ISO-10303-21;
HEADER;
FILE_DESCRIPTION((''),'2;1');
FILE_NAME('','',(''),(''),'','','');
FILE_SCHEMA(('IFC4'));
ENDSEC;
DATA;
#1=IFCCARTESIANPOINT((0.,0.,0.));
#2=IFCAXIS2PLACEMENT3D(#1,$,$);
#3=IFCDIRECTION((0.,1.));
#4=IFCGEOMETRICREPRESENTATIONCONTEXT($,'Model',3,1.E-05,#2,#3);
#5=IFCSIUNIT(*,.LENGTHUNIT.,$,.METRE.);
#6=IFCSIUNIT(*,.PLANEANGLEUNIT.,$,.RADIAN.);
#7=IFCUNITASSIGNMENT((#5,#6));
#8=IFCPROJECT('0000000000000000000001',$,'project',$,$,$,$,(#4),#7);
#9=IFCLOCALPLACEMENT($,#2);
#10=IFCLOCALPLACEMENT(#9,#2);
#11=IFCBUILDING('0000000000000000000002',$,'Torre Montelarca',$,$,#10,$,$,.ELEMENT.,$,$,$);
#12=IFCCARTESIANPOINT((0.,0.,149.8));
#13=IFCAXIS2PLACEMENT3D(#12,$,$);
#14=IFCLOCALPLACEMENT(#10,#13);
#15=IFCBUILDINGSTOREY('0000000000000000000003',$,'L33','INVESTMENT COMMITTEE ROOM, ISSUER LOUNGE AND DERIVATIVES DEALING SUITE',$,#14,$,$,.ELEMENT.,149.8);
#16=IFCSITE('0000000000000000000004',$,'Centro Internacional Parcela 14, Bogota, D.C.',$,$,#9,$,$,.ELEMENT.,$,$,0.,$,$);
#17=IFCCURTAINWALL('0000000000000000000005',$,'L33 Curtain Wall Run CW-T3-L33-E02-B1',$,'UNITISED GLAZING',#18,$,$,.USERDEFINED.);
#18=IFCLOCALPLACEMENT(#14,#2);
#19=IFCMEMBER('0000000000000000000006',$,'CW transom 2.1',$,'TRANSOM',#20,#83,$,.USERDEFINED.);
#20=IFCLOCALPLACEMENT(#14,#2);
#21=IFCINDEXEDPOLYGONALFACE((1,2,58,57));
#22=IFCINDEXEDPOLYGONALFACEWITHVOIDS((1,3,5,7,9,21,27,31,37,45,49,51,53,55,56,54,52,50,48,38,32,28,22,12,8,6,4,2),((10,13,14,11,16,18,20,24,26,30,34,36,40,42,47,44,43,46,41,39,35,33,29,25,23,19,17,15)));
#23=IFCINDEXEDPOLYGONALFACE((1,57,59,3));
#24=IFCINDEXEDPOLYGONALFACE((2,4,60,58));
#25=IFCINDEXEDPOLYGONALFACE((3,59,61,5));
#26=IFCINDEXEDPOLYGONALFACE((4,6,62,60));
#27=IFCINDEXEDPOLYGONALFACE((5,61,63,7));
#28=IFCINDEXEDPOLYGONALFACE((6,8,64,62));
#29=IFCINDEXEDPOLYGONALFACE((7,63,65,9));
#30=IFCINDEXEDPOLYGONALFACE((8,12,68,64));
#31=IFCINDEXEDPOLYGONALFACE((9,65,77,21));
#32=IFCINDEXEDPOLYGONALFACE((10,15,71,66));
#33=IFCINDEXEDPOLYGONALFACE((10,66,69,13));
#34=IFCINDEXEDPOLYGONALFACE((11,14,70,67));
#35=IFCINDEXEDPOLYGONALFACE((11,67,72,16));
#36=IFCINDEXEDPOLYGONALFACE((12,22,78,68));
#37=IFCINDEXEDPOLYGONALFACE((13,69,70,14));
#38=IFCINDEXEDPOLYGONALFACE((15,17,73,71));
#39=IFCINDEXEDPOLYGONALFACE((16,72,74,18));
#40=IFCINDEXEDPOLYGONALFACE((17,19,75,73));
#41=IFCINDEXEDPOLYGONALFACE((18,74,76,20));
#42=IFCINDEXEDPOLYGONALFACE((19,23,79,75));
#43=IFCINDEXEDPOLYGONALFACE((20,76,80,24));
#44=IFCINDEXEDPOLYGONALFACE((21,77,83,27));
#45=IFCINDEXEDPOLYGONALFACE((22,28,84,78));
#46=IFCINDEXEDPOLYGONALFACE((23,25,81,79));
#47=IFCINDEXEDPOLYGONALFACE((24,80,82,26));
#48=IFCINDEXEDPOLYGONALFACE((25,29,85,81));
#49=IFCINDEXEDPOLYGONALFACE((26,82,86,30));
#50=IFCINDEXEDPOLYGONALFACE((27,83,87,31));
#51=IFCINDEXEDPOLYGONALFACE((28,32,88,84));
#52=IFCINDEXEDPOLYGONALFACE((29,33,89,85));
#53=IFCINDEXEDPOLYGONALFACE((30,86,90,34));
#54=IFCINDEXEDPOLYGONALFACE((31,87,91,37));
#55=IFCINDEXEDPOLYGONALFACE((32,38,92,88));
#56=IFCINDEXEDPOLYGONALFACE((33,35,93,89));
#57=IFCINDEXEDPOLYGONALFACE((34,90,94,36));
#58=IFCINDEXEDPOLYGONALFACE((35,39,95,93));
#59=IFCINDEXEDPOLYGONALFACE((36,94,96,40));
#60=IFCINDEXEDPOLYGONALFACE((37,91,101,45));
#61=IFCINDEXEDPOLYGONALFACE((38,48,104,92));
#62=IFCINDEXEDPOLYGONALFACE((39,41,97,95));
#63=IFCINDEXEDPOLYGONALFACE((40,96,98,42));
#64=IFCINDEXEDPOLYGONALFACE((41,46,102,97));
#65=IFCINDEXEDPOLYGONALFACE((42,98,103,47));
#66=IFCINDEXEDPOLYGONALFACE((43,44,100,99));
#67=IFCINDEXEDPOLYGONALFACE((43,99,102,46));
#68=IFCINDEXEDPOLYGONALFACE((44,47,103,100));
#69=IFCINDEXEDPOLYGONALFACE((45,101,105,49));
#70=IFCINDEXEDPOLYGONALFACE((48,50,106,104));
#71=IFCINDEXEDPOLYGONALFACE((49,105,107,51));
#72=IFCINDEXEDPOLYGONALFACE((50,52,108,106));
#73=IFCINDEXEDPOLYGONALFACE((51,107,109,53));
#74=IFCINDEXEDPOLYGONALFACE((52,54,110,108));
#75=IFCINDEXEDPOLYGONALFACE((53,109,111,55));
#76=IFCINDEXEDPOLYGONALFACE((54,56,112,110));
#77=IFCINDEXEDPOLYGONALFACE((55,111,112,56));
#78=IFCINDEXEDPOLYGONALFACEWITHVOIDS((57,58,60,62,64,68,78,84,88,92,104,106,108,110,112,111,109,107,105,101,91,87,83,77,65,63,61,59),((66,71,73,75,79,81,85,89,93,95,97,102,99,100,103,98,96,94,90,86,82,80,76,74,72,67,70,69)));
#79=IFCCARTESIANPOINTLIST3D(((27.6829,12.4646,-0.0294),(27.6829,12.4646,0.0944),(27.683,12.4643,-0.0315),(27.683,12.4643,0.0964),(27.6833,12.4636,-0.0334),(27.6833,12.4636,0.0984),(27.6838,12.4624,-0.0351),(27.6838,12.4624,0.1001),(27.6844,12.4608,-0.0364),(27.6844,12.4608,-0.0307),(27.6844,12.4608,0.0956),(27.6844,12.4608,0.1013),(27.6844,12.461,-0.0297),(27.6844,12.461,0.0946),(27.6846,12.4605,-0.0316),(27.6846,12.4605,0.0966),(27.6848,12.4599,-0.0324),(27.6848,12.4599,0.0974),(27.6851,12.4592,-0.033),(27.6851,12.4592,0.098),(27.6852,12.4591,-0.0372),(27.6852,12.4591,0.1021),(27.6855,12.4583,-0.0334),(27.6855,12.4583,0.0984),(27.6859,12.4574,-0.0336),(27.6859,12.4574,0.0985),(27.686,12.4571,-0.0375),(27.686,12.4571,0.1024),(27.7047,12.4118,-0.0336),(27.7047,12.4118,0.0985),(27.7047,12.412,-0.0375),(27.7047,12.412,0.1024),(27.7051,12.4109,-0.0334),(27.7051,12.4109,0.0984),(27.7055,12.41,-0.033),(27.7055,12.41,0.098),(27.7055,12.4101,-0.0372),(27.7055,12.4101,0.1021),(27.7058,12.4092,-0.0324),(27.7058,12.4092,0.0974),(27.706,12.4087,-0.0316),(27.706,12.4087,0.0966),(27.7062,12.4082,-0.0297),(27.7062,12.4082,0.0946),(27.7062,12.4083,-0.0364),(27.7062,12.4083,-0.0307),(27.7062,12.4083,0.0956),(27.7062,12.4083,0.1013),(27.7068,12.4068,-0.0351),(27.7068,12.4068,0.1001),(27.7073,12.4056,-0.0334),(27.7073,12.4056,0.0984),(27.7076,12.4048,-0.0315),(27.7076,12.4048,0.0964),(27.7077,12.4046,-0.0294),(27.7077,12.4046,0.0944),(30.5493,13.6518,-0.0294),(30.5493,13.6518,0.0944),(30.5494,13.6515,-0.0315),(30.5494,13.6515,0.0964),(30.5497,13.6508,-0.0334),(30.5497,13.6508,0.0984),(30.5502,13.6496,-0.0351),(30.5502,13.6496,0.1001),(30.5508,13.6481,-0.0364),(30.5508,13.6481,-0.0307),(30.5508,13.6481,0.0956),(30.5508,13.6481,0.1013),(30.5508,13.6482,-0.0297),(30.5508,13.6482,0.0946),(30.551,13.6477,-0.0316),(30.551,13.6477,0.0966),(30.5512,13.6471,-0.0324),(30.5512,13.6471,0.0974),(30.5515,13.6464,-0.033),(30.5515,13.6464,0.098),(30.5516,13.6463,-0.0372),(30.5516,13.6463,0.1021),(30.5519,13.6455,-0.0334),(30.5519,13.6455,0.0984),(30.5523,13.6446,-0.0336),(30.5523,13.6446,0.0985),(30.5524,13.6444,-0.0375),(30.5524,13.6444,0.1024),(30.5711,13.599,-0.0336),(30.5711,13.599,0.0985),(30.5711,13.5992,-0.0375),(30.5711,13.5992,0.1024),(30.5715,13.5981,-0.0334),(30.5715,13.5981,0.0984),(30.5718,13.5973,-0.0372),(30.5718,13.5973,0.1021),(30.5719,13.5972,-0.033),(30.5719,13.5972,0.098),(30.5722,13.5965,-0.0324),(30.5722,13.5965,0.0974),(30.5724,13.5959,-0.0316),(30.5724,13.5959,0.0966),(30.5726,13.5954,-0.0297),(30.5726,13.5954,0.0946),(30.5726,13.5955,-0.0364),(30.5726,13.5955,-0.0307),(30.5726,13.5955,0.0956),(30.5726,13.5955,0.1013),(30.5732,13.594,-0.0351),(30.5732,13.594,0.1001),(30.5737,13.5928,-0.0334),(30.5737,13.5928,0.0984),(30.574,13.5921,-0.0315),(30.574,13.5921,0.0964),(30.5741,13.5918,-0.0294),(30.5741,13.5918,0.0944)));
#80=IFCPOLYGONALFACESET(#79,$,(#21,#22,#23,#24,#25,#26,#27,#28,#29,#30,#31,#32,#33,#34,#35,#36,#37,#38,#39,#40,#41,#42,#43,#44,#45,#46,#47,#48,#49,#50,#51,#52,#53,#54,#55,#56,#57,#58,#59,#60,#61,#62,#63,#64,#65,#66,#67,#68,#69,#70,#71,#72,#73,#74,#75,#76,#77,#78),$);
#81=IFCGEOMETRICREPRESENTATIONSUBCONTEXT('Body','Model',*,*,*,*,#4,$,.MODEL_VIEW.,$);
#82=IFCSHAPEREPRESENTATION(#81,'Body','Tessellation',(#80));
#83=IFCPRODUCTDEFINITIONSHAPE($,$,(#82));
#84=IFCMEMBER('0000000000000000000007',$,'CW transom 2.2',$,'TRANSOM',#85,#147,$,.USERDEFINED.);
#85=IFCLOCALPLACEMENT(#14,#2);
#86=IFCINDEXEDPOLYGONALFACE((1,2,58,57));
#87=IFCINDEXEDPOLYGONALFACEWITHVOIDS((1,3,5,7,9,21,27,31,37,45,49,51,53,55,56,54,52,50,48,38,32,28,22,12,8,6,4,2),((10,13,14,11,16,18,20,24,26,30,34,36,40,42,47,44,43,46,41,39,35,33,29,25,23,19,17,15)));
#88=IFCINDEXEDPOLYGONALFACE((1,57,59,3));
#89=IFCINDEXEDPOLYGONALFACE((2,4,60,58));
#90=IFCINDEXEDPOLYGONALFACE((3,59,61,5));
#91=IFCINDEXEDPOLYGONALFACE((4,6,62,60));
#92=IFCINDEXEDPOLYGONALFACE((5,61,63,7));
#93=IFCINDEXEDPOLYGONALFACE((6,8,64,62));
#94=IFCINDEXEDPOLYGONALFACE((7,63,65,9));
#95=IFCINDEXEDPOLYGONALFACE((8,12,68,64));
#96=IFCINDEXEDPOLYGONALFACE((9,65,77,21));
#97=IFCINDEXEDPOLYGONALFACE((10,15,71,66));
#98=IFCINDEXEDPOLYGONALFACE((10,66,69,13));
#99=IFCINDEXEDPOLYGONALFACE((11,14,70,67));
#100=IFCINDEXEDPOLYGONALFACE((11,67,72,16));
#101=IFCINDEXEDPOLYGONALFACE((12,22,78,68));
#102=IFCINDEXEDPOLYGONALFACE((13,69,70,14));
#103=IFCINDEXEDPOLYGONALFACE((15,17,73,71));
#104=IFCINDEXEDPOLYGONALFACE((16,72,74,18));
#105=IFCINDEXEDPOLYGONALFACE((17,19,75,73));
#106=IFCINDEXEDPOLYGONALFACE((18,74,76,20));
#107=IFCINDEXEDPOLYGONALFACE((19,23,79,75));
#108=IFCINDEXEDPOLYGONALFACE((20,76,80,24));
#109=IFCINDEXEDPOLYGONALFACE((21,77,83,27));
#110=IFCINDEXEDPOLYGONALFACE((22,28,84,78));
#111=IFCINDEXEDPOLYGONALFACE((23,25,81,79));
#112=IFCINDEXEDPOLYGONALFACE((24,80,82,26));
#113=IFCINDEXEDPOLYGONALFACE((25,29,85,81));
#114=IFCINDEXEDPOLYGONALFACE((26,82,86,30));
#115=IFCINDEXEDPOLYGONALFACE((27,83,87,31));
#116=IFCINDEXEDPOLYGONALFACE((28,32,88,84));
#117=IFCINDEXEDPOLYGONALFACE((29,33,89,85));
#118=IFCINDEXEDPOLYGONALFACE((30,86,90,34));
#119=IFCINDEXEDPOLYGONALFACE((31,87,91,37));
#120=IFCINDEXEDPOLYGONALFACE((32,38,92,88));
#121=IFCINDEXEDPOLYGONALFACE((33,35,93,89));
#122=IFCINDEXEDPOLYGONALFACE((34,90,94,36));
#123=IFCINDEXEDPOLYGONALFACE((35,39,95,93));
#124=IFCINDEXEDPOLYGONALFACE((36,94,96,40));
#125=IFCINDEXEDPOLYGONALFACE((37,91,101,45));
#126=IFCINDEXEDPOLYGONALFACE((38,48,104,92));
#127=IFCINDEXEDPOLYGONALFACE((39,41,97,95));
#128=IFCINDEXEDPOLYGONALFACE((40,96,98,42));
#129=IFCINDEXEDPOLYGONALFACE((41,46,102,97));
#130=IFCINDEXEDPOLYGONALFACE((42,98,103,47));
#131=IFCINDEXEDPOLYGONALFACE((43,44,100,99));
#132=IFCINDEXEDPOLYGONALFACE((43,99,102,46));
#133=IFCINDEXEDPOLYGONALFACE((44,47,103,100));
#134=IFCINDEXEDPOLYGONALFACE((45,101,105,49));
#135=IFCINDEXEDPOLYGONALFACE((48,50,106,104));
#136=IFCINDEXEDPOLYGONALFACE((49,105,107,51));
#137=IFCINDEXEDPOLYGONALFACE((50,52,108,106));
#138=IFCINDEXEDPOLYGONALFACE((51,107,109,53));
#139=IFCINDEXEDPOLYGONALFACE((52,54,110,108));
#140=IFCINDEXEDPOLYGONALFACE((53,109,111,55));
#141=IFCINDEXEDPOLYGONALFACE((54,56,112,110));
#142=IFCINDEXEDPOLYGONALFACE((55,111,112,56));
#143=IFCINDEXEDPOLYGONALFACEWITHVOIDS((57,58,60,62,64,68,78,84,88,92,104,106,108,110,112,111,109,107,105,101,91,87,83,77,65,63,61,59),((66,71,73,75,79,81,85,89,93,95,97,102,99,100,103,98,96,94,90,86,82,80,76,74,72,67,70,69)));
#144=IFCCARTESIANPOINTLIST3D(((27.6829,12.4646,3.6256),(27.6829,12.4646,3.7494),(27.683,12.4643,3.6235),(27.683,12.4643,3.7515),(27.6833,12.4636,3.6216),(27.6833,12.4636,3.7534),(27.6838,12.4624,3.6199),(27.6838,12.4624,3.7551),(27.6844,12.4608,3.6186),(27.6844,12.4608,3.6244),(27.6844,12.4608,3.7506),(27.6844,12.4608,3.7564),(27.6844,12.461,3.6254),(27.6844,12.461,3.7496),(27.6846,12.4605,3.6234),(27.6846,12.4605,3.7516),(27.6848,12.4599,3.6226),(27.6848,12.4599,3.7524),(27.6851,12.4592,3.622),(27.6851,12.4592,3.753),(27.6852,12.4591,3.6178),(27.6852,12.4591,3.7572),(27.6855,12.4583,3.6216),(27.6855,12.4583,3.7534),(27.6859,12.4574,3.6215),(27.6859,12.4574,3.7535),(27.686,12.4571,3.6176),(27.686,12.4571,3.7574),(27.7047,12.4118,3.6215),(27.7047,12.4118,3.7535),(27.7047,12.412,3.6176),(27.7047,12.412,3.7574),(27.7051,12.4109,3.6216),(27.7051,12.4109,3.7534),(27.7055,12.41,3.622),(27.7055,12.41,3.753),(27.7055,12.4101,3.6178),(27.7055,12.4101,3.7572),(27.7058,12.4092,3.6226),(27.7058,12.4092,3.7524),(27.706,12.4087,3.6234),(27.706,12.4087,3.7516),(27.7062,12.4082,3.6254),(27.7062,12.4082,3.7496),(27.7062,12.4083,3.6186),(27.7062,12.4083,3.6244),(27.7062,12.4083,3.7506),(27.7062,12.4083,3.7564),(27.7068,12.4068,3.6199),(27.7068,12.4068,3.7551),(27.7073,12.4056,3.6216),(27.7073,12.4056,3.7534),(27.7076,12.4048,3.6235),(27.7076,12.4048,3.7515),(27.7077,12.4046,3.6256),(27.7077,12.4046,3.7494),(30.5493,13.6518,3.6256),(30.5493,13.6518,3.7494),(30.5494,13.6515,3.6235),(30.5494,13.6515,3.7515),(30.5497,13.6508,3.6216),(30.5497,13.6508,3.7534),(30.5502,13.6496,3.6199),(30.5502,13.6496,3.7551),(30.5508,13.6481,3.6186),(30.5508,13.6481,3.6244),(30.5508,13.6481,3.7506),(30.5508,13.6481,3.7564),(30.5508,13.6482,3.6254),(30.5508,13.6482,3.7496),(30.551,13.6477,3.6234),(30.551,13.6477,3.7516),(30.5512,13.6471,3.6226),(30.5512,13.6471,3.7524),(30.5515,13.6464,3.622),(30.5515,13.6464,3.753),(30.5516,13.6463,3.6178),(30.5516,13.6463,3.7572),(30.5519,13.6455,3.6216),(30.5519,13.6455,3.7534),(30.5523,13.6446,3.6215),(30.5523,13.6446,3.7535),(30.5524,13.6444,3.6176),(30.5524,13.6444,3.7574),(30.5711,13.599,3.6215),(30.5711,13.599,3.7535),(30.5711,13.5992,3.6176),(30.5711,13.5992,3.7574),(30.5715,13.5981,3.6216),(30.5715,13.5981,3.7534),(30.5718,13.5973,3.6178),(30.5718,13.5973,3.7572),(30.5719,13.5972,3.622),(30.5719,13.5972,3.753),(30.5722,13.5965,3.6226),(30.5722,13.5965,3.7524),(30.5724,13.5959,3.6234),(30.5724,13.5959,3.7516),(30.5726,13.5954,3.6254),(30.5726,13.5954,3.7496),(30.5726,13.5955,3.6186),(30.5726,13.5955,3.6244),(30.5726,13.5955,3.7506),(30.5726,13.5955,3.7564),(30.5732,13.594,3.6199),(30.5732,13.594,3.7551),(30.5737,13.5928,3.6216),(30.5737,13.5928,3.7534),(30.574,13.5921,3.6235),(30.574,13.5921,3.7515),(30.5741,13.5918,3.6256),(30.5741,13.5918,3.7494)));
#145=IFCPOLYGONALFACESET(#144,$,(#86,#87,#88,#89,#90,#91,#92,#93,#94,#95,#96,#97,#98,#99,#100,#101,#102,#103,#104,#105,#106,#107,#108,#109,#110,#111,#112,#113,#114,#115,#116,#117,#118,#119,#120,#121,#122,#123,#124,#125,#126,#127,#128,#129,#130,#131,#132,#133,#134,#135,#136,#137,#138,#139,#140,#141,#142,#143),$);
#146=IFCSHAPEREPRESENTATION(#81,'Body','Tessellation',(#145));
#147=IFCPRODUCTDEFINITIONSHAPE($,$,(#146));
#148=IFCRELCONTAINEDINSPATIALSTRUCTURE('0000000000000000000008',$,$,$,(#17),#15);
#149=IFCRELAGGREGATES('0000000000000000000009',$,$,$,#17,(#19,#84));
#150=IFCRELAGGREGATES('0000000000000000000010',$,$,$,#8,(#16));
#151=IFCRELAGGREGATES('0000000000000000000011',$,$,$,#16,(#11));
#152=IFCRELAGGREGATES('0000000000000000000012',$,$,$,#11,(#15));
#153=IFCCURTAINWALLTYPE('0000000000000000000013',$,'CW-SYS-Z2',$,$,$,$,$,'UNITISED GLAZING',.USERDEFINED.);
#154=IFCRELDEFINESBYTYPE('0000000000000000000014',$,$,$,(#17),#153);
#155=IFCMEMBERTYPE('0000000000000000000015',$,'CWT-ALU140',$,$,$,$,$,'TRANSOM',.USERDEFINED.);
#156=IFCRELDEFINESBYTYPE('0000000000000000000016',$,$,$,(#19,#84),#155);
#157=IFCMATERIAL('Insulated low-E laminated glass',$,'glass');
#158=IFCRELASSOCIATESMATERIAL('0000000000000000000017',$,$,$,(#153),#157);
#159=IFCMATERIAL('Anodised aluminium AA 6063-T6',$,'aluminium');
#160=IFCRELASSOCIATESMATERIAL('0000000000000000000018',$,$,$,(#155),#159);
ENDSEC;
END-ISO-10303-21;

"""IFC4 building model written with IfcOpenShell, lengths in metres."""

from ifc_helpers import new_model, si_unit, direction, frame, origin, origin_2d, place, context, subcontext, project, spatial, hollow_rectangle, extrude, source, transform, mapped, material, material_profile, profile_set, type_object, element, aggregate, save


model = new_model("IFC4")

# Units and contexts
model_context = context("Model", 3, precision=1e-05, world=origin(), true_north=direction((0.0, 1.0)))
body_context = subcontext(model_context, "Body", "Model", "MODEL_VIEW")
ifc_project = project(units=[si_unit("LENGTHUNIT", "METRE"), si_unit("PLANEANGLEUNIT", "RADIAN")], contexts=[model_context])

# Site, building, storey
site_placement = place(None, origin())
site = spatial("IfcSite", under=ifc_project, at=site_placement, Name="Centro Internacional Parcela 14, Bogota, D.C.", CompositionType="ELEMENT", RefElevation=0.0)
building_placement = place(site_placement, origin())
building = spatial("IfcBuilding", under=site, at=building_placement, Name="Torre Montelarca", CompositionType="ELEMENT")
storey_placement = place(building_placement, frame((0.0, 0.0, 149.8)))
storey = spatial("IfcBuildingStorey", under=building, at=storey_placement, Name="L33", Description="INVESTMENT COMMITTEE ROOM, ISSUER LOUNGE AND DERIVATIVES DEALING SUITE", CompositionType="ELEMENT", Elevation=149.8)

# Curtain wall, members
ifc_material_1 = material(Name="Insulated low-E laminated glass", Category="glass")
curtain_wall_type = type_object("IfcCurtainWallType", Name="CW-SYS-Z2", ElementType="UNITISED GLAZING", PredefinedType="USERDEFINED", material=ifc_material_1)
curtain_wall_1_placement = place(storey_placement, origin())
curtain_wall_1 = element("IfcCurtainWall", 1, at=curtain_wall_1_placement, inside=storey, type_object=curtain_wall_type, Name="L33 Curtain Wall Run CW-T3-L33-E02-B1", ObjectType="UNITISED GLAZING", PredefinedType="USERDEFINED")
ifc_material_2 = material(Name="Anodised aluminium AA 6063-T6", Category="aluminium")
ifc_material_profile_1 = material_profile(ifc_material_2, hollow_rectangle(XDim=0.0649, YDim=0.1399, WallThickness=0.0039, InnerFilletRadius=0.0039, OuterFilletRadius=0.0081, at=origin_2d()), Name="ALU65X140X4", Category="aluminium")
ifc_profile_set_1 = profile_set([ifc_material_profile_1], Name="Anodised aluminium AA 6063-T6")
member_type_1 = type_object("IfcMemberType", Name="CWT-ALU140", ElementType="TRANSOM", PredefinedType="USERDEFINED", material=ifc_profile_set_1)
shared_shape_1 = source(origin(), body_context, "Body", "SweptSolid", [
    extrude(hollow_rectangle(XDim=0.0649, YDim=0.1399, WallThickness=0.0039, InnerFilletRadius=0.0039, OuterFilletRadius=0.0081, at=origin_2d()), origin(), (0.0, 0.0, 1.0), 3.1025),
])
member_1_placement = place(storey_placement, frame((27.6953, 12.4346, 0.0325), z_axis=(0.923887, 0.382665, 0.0), x_axis=(-0.382665, 0.923887, 0.0)))
member_1 = element("IfcMember", 2, at=member_1_placement, type_object=member_type_1, Name="CW transom 2.1", ObjectType="TRANSOM", PredefinedType="USERDEFINED", context=body_context, shape_type="MappedRepresentation", body=[
    mapped(shared_shape_1, transform((0.0, 0.0, 0.0), scale=1.0)),
])
member_2_placement = place(storey_placement, frame((27.6953, 12.4346, 3.6875), z_axis=(0.923887, 0.382665, 0.0), x_axis=(-0.382665, 0.923887, 0.0)))
member_2 = element("IfcMember", 3, at=member_2_placement, type_object=member_type_1, Name="CW transom 2.2", ObjectType="TRANSOM", PredefinedType="USERDEFINED", context=body_context, shape_type="MappedRepresentation", body=[
    mapped(shared_shape_1, transform((0.0, 0.0, 0.0), scale=1.0)),
])

aggregate(curtain_wall_1, [member_1, member_2])

save(model, "model.ifc")
